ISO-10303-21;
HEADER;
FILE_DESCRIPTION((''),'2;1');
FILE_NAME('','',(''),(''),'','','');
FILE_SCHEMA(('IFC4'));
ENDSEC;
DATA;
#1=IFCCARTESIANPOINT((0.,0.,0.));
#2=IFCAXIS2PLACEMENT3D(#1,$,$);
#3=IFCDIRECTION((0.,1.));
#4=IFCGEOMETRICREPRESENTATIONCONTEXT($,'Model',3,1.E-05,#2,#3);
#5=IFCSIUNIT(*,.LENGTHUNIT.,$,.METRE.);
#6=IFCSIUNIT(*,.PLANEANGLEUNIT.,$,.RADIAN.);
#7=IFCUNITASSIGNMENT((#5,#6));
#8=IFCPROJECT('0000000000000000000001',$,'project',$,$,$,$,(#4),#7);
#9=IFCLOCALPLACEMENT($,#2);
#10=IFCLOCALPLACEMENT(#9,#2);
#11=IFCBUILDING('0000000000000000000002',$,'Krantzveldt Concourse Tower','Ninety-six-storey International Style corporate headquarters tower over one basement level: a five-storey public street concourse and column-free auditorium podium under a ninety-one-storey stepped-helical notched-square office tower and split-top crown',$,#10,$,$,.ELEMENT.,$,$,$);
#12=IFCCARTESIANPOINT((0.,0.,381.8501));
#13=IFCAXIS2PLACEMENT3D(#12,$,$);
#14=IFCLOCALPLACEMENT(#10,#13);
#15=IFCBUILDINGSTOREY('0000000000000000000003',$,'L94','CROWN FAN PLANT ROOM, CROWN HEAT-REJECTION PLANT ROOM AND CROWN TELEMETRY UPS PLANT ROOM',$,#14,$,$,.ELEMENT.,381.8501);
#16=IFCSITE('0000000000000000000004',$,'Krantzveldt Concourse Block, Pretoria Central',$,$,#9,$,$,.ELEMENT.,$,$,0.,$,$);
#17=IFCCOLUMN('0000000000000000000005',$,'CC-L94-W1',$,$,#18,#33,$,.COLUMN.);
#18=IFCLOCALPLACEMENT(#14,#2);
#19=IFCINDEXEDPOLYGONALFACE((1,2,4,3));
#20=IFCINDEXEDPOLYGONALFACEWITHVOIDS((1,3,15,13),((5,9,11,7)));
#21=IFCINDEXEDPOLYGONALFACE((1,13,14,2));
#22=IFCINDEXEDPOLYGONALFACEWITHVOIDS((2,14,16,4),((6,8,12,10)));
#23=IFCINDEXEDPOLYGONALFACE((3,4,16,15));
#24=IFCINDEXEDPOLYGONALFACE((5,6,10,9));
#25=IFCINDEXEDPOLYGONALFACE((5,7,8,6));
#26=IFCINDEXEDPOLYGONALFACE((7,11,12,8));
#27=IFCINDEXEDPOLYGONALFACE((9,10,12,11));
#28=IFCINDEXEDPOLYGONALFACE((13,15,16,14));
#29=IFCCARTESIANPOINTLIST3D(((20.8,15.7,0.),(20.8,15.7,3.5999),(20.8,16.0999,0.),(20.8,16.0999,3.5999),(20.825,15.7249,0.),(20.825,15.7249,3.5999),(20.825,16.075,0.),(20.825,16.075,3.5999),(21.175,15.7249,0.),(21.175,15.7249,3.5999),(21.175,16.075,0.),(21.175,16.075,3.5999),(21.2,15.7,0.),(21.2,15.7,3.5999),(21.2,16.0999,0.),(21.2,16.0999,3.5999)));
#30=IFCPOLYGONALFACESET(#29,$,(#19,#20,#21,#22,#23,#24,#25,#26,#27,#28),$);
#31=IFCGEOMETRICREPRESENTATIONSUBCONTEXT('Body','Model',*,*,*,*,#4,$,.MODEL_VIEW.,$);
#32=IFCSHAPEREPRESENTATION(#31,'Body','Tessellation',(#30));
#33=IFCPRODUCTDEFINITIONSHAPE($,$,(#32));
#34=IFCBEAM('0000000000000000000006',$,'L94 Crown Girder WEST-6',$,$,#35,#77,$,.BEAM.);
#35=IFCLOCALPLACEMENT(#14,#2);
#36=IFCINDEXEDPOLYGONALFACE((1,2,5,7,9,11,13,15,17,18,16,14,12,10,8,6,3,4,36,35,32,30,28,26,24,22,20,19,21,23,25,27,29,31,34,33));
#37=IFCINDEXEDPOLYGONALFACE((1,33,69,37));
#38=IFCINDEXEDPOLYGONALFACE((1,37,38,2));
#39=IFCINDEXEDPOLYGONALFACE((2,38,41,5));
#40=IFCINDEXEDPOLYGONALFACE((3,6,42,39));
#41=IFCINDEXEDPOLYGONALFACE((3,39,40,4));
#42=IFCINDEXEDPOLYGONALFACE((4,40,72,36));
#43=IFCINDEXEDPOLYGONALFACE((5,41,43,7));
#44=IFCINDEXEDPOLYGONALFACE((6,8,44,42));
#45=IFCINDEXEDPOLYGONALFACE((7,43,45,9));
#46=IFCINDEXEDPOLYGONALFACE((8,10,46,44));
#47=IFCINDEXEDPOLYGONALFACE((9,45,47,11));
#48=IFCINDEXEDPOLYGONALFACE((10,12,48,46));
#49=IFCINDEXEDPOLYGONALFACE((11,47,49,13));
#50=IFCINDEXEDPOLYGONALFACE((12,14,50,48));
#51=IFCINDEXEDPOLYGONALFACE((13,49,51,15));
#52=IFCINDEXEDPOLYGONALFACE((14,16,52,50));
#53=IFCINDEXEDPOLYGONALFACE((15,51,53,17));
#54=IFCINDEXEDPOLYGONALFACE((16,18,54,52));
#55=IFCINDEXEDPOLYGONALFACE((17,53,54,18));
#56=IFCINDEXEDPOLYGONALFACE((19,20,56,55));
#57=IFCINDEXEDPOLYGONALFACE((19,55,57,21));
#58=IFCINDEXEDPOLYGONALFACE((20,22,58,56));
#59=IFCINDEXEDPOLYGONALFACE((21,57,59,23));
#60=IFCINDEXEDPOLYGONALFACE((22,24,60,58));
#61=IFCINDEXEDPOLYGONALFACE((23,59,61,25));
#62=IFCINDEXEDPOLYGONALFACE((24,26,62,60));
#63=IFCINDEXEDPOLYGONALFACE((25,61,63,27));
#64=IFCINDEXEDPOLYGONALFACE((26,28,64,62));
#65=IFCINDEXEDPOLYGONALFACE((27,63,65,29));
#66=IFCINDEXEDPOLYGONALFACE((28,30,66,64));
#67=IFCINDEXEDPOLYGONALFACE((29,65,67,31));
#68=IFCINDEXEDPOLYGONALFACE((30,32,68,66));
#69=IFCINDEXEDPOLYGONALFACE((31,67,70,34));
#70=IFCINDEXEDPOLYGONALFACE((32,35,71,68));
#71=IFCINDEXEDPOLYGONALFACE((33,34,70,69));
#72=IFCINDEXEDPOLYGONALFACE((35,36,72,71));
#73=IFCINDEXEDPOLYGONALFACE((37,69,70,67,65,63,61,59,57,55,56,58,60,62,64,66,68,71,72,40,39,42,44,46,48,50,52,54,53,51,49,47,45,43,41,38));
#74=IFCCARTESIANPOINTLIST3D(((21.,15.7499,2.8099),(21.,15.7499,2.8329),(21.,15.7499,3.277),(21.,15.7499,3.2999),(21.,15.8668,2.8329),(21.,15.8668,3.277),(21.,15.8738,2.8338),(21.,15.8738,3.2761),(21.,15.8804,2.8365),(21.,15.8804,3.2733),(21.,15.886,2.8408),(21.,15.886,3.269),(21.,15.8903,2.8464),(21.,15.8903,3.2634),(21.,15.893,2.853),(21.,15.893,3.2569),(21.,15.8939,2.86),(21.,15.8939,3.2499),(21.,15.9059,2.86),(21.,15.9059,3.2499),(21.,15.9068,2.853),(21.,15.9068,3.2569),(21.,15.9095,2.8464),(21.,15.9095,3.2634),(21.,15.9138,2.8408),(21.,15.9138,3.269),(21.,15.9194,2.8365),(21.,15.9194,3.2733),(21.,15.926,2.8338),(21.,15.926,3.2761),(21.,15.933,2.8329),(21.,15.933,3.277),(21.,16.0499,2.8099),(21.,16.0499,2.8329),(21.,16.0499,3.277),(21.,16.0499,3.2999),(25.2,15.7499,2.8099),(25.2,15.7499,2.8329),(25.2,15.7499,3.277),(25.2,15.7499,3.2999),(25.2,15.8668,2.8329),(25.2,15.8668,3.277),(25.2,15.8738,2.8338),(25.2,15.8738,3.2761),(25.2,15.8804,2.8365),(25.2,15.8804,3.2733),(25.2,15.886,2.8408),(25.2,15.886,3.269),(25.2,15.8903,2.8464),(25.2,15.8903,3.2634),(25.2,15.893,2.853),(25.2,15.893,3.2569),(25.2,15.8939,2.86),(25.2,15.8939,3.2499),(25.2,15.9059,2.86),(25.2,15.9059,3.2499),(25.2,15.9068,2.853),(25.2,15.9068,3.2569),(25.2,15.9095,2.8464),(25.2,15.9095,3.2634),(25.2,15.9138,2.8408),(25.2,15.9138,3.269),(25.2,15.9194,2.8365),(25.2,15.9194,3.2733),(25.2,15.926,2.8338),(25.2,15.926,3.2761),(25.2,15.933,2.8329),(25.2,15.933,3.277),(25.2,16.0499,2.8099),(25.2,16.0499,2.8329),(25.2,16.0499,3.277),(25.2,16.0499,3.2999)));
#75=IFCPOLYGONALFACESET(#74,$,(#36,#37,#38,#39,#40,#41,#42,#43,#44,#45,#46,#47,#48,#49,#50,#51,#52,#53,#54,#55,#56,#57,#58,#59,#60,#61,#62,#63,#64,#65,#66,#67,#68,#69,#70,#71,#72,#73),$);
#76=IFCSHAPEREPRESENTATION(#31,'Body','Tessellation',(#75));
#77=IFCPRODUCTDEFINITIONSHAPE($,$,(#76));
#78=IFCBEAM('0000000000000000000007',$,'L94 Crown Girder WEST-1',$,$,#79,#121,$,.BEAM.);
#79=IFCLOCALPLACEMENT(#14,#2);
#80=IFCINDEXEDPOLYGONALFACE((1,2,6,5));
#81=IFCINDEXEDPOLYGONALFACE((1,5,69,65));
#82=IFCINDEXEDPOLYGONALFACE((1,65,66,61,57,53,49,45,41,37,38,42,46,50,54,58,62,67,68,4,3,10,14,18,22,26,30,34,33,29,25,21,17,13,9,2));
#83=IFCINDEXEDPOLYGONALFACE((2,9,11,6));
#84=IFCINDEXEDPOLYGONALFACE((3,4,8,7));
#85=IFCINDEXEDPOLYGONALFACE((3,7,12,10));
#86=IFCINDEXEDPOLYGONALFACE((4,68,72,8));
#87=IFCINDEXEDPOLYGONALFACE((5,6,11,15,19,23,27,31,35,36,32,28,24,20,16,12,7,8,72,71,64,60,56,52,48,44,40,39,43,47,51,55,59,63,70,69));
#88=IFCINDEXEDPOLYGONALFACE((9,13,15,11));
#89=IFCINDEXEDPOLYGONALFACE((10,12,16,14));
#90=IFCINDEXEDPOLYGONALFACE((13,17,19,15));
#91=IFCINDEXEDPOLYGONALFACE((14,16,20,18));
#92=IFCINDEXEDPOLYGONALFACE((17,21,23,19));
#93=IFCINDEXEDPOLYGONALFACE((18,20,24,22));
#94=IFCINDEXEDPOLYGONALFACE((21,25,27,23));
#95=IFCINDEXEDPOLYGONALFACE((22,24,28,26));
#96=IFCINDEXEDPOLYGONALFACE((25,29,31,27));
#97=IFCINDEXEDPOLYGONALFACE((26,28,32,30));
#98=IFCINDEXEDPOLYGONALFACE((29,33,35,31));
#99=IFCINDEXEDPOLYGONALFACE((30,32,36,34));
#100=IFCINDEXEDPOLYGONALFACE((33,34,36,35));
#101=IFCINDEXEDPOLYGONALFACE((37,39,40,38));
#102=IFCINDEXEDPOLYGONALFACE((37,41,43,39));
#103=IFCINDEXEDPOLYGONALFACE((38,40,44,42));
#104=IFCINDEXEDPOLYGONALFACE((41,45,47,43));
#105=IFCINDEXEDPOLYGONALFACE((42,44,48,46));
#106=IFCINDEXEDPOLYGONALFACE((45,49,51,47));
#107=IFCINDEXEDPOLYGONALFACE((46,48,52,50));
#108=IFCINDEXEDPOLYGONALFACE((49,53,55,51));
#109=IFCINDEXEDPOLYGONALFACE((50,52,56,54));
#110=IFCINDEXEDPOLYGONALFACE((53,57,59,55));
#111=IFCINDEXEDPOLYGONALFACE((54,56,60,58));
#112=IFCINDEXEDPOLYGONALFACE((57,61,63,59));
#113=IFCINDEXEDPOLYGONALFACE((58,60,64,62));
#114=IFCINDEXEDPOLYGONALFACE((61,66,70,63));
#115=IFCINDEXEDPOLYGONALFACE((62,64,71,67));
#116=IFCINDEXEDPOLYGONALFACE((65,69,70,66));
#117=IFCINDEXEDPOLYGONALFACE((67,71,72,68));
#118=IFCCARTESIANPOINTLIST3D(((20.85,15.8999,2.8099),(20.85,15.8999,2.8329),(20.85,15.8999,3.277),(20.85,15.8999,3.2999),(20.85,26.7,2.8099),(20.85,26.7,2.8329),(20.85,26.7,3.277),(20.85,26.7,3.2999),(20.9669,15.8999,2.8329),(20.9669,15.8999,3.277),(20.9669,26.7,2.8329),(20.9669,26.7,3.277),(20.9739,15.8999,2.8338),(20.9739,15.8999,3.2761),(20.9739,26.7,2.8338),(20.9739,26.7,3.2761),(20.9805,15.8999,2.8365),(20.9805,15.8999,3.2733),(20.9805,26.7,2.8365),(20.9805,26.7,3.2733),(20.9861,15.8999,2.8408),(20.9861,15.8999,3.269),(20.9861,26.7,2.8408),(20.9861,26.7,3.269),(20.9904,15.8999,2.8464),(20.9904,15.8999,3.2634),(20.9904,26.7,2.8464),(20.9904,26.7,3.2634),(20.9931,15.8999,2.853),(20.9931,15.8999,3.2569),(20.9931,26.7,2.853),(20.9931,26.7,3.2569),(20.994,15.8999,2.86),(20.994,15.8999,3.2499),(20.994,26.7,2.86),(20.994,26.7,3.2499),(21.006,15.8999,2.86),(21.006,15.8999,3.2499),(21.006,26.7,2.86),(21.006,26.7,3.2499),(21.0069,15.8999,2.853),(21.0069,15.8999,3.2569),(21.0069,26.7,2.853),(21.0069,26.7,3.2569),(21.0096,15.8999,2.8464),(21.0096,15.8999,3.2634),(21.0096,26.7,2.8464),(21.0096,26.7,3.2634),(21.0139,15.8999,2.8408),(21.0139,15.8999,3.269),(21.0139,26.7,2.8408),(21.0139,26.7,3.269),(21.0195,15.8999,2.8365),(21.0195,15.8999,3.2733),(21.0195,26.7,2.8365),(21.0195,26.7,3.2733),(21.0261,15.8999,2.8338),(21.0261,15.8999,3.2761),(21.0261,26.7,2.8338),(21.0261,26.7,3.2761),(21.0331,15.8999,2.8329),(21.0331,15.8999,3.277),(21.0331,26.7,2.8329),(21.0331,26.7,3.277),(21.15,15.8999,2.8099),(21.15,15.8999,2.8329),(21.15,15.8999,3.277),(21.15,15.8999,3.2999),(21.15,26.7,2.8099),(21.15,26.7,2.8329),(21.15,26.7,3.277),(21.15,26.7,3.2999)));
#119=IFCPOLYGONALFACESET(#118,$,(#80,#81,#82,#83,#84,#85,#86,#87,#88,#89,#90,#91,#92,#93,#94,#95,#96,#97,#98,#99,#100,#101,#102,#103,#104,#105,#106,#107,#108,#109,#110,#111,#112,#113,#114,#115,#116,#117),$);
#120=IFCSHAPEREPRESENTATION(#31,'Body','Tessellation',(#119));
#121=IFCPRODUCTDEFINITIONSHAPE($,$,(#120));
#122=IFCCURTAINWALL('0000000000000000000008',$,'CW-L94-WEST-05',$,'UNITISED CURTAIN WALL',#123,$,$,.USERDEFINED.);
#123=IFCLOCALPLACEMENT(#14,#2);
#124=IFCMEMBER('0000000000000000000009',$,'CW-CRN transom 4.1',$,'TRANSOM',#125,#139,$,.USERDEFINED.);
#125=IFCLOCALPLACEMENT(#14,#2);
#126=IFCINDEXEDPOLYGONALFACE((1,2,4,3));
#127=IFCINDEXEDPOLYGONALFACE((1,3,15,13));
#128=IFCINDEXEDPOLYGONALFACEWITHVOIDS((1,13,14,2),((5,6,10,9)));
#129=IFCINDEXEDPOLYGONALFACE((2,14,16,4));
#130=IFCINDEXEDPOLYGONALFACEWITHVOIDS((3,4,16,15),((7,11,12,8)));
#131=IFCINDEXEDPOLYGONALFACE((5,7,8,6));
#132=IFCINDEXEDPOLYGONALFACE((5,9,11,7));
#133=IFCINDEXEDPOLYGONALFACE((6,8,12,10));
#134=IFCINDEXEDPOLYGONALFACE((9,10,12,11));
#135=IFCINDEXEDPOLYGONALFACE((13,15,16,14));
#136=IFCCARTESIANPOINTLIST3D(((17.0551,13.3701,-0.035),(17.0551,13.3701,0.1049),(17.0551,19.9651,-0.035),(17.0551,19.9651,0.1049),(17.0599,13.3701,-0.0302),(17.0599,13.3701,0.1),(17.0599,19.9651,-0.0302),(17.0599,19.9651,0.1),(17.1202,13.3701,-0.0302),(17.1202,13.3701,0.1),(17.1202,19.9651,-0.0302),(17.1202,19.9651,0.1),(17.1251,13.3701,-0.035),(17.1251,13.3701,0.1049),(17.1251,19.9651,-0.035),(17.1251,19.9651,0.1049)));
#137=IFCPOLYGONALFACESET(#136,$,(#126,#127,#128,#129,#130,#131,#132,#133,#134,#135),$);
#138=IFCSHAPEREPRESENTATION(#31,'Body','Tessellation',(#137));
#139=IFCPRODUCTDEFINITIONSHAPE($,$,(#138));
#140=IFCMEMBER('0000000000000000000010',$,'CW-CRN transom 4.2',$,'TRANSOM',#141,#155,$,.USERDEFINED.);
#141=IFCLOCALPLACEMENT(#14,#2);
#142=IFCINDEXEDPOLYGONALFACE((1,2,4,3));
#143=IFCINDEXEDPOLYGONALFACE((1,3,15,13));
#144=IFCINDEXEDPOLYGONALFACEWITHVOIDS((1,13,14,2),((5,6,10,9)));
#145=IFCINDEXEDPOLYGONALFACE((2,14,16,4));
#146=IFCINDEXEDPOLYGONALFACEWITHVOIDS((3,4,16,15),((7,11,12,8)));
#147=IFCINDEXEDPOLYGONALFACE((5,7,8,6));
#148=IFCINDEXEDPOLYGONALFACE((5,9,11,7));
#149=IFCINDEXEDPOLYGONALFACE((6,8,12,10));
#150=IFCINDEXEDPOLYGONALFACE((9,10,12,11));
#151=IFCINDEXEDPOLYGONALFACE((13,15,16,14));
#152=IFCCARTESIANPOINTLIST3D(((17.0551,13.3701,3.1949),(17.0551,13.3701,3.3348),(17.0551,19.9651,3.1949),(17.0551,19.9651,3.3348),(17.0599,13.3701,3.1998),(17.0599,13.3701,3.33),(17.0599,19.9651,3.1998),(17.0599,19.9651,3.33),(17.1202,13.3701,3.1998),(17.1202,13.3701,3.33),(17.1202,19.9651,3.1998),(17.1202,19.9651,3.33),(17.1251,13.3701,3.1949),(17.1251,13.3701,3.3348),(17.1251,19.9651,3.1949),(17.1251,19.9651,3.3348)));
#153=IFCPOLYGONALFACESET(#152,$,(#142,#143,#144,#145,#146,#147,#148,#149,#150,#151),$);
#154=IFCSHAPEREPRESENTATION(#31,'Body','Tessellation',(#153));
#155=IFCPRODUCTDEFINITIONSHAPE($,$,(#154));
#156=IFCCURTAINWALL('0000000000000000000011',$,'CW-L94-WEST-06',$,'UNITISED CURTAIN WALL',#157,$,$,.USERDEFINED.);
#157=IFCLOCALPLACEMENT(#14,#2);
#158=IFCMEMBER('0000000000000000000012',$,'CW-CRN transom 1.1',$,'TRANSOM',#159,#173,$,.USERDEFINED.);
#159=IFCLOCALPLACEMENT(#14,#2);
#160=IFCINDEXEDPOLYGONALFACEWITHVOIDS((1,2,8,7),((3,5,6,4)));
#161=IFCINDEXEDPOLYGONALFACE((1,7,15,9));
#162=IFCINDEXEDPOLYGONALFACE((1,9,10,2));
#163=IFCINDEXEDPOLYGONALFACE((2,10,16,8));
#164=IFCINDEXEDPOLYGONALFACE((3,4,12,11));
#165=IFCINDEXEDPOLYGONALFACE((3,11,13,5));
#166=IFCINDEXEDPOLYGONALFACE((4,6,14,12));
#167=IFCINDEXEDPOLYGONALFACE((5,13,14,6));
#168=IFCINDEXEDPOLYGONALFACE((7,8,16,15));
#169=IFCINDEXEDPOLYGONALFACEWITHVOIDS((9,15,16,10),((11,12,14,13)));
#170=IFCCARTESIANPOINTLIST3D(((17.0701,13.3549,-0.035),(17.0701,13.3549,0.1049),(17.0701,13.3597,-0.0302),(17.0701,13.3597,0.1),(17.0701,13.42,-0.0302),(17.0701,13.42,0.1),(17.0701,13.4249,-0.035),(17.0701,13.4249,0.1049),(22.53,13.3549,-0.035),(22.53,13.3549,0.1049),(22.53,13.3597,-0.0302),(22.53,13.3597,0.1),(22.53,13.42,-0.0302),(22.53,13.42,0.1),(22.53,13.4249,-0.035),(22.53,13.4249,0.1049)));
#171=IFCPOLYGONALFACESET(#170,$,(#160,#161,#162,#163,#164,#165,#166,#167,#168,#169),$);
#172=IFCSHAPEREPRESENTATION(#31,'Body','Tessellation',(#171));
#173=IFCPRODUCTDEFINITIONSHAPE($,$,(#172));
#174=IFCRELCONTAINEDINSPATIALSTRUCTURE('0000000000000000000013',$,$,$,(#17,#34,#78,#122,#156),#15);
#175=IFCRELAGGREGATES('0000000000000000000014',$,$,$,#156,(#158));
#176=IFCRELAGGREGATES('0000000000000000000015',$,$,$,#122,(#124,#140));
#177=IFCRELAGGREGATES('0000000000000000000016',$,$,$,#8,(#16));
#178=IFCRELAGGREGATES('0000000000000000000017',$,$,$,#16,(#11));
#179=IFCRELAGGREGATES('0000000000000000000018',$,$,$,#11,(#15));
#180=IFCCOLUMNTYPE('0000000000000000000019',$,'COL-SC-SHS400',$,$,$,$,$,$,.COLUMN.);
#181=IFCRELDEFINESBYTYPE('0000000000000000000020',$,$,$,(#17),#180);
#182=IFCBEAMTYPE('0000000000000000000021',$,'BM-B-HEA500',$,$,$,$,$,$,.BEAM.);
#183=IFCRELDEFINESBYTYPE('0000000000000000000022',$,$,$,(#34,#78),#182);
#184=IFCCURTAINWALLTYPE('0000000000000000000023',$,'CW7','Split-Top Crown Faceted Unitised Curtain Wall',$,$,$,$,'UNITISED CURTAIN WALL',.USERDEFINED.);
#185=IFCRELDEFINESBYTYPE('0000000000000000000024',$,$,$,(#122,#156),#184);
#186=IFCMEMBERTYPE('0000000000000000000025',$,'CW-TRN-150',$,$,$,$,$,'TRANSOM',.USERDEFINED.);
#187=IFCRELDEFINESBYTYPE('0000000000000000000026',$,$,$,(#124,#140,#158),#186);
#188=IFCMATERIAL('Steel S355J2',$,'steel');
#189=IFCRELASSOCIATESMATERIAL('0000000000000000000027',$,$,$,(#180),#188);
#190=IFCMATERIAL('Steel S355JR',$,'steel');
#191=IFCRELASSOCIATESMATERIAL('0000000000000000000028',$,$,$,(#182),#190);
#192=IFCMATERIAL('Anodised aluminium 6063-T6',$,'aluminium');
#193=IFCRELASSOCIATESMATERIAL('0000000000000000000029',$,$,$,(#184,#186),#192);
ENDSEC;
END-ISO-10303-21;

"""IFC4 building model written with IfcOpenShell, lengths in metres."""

from ifc_helpers import new_model, si_unit, direction, frame, origin, origin_2d, place, context, subcontext, project, spatial, hollow_rectangle, i_section, extrude, source, transform, mapped, material, material_profile, profile_set, type_object, type_shapes, element, aggregate, save


model = new_model("IFC4")

# Units and contexts
model_context = context("Model", 3, precision=1e-05, world=origin(), true_north=direction((0.0, 1.0)))
body_context = subcontext(model_context, "Body", "Model", "MODEL_VIEW")
ifc_project = project(units=[si_unit("LENGTHUNIT", "METRE"), si_unit("PLANEANGLEUNIT", "RADIAN")], contexts=[model_context])

# Site, building, storey
site_placement = place(None, origin())
site = spatial("IfcSite", under=ifc_project, at=site_placement, Name="Krantzveldt Concourse Block, Pretoria Central", CompositionType="ELEMENT", RefElevation=0.0)
building_placement = place(site_placement, origin())
building = spatial("IfcBuilding", under=site, at=building_placement, Name="Krantzveldt Concourse Tower", Description="Ninety-six-storey International Style corporate headquarters tower over one basement level: a five-storey public street concourse and column-free auditorium podium under a ninety-one-storey stepped-helical notched-square office tower and split-top crown", CompositionType="ELEMENT")
storey_placement = place(building_placement, frame((0.0, 0.0, 381.8501)))
storey = spatial("IfcBuildingStorey", under=building, at=storey_placement, Name="L94", Description="CROWN FAN PLANT ROOM, CROWN HEAT-REJECTION PLANT ROOM AND CROWN TELEMETRY UPS PLANT ROOM", CompositionType="ELEMENT", Elevation=381.8501)

# Column
ifc_material_1 = material(Name="Steel S355J2", Category="steel")
ifc_material_profile_1 = material_profile(ifc_material_1, hollow_rectangle(XDim=0.3999, YDim=0.3999, WallThickness=0.0249, at=origin_2d()), Name="Steel S355J2", Category="steel")
ifc_profile_set_1 = profile_set([ifc_material_profile_1], Name="Steel S355J2 - SHS 400x400x25")
column_type = type_object("IfcColumnType", Name="COL-SC-SHS400", PredefinedType="COLUMN", material=ifc_profile_set_1)
shared_shape_1 = source(origin(), body_context, "Body", "SweptSolid", [
    extrude(hollow_rectangle(XDim=0.3999, YDim=0.3999, WallThickness=0.0249, at=origin_2d()), origin(), (0.0, 0.0, 1.0), 3.5999),
])
type_shapes(column_type, [shared_shape_1])
column_placement = place(storey_placement, frame((21.0, 15.8999, 0.0), z_axis=(0.0, 0.0, 1.0), x_axis=(1.0, 0.0, 0.0)))
element("IfcColumn", 1, at=column_placement, inside=storey, type_object=column_type, Name="CC-L94-W1", PredefinedType="COLUMN", context=body_context, shape_type="MappedRepresentation", body=[
    mapped(shared_shape_1, transform((0.0, 0.0, 0.0), x_axis=(1.0, 0.0, 0.0), y_axis=(0.0, 1.0, 0.0), z_axis=(0.0, 0.0, 1.0), scale=1.0)),
])

# Beams
ifc_material_2 = material(Name="Steel S355JR", Category="steel")
ifc_material_profile_2 = material_profile(ifc_material_2, i_section(OverallWidth=0.3, OverallDepth=0.49, WebThickness=0.012, FlangeThickness=0.0229, FilletRadius=0.0271, at=origin_2d()), Name="Steel S355JR", Category="steel")
ifc_profile_set_2 = profile_set([ifc_material_profile_2], Name="Steel S355JR - HEA 500")
beam_type = type_object("IfcBeamType", Name="BM-B-HEA500", PredefinedType="BEAM", material=ifc_profile_set_2)
shared_shape_2 = source(origin(), body_context, "Body", "SweptSolid", [
    extrude(i_section(OverallWidth=0.3, OverallDepth=0.49, WebThickness=0.012, FlangeThickness=0.0229, FilletRadius=0.0271, at=origin_2d()), origin(), (0.0, 0.0, 1.0), 4.2),
])
beam_1_placement = place(storey_placement, frame((21.0, 15.8999, 3.0549), z_axis=(1.0, 0.0, 0.0), x_axis=(0.0, 1.0, 0.0)))
element("IfcBeam", 2, at=beam_1_placement, inside=storey, type_object=beam_type, Name="L94 Crown Girder WEST-6", PredefinedType="BEAM", context=body_context, shape_type="MappedRepresentation", body=[
    mapped(shared_shape_2, transform((0.0, 0.0, 0.0), x_axis=(1.0, 0.0, 0.0), y_axis=(0.0, 1.0, 0.0), z_axis=(0.0, 0.0, 1.0), scale=1.0)),
])
shared_shape_3 = source(origin(), body_context, "Body", "SweptSolid", [
    extrude(i_section(OverallWidth=0.3, OverallDepth=0.49, WebThickness=0.012, FlangeThickness=0.0229, FilletRadius=0.0271, at=origin_2d()), origin(), (0.0, 0.0, 1.0), 10.8),
])
type_shapes(beam_type, [shared_shape_2, shared_shape_3])
beam_2_placement = place(storey_placement, frame((21.0, 15.8999, 3.0549), z_axis=(0.0, 1.0, 0.0), x_axis=(-1.0, 0.0, 0.0)))
element("IfcBeam", 3, at=beam_2_placement, inside=storey, type_object=beam_type, Name="L94 Crown Girder WEST-1", PredefinedType="BEAM", context=body_context, shape_type="MappedRepresentation", body=[
    mapped(shared_shape_3, transform((0.0, 0.0, 0.0), x_axis=(1.0, 0.0, 0.0), y_axis=(0.0, 1.0, 0.0), z_axis=(0.0, 0.0, 1.0), scale=1.0)),
])

# Curtain walls, members
ifc_material_3 = material(Name="Anodised aluminium 6063-T6", Category="aluminium")
curtain_wall_type = type_object("IfcCurtainWallType", Name="CW7", Description="Split-Top Crown Faceted Unitised Curtain Wall", ElementType="UNITISED CURTAIN WALL", PredefinedType="USERDEFINED", material=ifc_material_3)
curtain_wall_1_placement = place(storey_placement, origin())
curtain_wall_1 = element("IfcCurtainWall", 4, at=curtain_wall_1_placement, inside=storey, type_object=curtain_wall_type, Name="CW-L94-WEST-05", ObjectType="UNITISED CURTAIN WALL", PredefinedType="USERDEFINED")
ifc_material_profile_3 = material_profile(ifc_material_3, hollow_rectangle(XDim=0.0701, YDim=0.1399, WallThickness=0.0049, at=origin_2d()), Name="Anodised aluminium 6063-T6", Category="aluminium")
ifc_profile_set_3 = profile_set([ifc_material_profile_3], Name="Anodised aluminium 6063-T6 - ALU-TRAN 140x70x5")
member_type_1 = type_object("IfcMemberType", Name="CW-TRN-150", ElementType="TRANSOM", PredefinedType="USERDEFINED", material=ifc_profile_set_3)
shared_shape_4 = source(origin(), body_context, "Body", "SweptSolid", [
    extrude(hollow_rectangle(XDim=0.0701, YDim=0.1399, WallThickness=0.0049, at=origin_2d()), origin(), (0.0, 0.0, 1.0), 6.595),
])
member_1_placement = place(storey_placement, frame((17.0901, 19.9651, 0.0349), z_axis=(0.0, -1.0, 0.0), x_axis=(1.0, 0.0, 0.0)))
member_1 = element("IfcMember", 5, at=member_1_placement, type_object=member_type_1, Name="CW-CRN transom 4.1", ObjectType="TRANSOM", PredefinedType="USERDEFINED", context=body_context, shape_type="MappedRepresentation", body=[
    mapped(shared_shape_4, transform((0.0, 0.0, 0.0), x_axis=(1.0, 0.0, 0.0), y_axis=(0.0, 1.0, 0.0), z_axis=(0.0, 0.0, 1.0), scale=1.0)),
])
member_2_placement = place(storey_placement, frame((17.0901, 19.9651, 3.2649), z_axis=(0.0, -1.0, 0.0), x_axis=(1.0, 0.0, 0.0)))
member_2 = element("IfcMember", 6, at=member_2_placement, type_object=member_type_1, Name="CW-CRN transom 4.2", ObjectType="TRANSOM", PredefinedType="USERDEFINED", context=body_context, shape_type="MappedRepresentation", body=[
    mapped(shared_shape_4, transform((0.0, 0.0, 0.0), x_axis=(1.0, 0.0, 0.0), y_axis=(0.0, 1.0, 0.0), z_axis=(0.0, 0.0, 1.0), scale=1.0)),
])
curtain_wall_2_placement = place(storey_placement, origin())
curtain_wall_2 = element("IfcCurtainWall", 7, at=curtain_wall_2_placement, inside=storey, type_object=curtain_wall_type, Name="CW-L94-WEST-06", ObjectType="UNITISED CURTAIN WALL", PredefinedType="USERDEFINED")
shared_shape_5 = source(origin(), body_context, "Body", "SweptSolid", [
    extrude(hollow_rectangle(XDim=0.0701, YDim=0.1399, WallThickness=0.0049, at=origin_2d()), origin(), (0.0, 0.0, 1.0), 5.46),
])
member_3_placement = place(storey_placement, frame((17.0701, 13.3899, 0.0349), z_axis=(1.0, 0.0, 0.0), x_axis=(0.0, 1.0, 0.0)))
member_3 = element("IfcMember", 8, at=member_3_placement, type_object=member_type_1, Name="CW-CRN transom 1.1", ObjectType="TRANSOM", PredefinedType="USERDEFINED", context=body_context, shape_type="MappedRepresentation", body=[
    mapped(shared_shape_5, transform((0.0, 0.0, 0.0), x_axis=(1.0, 0.0, 0.0), y_axis=(0.0, 1.0, 0.0), z_axis=(0.0, 0.0, 1.0), scale=1.0)),
])

aggregate(curtain_wall_2, [member_3])
aggregate(curtain_wall_1, [member_1, member_2])

save(model, "model.ifc")
